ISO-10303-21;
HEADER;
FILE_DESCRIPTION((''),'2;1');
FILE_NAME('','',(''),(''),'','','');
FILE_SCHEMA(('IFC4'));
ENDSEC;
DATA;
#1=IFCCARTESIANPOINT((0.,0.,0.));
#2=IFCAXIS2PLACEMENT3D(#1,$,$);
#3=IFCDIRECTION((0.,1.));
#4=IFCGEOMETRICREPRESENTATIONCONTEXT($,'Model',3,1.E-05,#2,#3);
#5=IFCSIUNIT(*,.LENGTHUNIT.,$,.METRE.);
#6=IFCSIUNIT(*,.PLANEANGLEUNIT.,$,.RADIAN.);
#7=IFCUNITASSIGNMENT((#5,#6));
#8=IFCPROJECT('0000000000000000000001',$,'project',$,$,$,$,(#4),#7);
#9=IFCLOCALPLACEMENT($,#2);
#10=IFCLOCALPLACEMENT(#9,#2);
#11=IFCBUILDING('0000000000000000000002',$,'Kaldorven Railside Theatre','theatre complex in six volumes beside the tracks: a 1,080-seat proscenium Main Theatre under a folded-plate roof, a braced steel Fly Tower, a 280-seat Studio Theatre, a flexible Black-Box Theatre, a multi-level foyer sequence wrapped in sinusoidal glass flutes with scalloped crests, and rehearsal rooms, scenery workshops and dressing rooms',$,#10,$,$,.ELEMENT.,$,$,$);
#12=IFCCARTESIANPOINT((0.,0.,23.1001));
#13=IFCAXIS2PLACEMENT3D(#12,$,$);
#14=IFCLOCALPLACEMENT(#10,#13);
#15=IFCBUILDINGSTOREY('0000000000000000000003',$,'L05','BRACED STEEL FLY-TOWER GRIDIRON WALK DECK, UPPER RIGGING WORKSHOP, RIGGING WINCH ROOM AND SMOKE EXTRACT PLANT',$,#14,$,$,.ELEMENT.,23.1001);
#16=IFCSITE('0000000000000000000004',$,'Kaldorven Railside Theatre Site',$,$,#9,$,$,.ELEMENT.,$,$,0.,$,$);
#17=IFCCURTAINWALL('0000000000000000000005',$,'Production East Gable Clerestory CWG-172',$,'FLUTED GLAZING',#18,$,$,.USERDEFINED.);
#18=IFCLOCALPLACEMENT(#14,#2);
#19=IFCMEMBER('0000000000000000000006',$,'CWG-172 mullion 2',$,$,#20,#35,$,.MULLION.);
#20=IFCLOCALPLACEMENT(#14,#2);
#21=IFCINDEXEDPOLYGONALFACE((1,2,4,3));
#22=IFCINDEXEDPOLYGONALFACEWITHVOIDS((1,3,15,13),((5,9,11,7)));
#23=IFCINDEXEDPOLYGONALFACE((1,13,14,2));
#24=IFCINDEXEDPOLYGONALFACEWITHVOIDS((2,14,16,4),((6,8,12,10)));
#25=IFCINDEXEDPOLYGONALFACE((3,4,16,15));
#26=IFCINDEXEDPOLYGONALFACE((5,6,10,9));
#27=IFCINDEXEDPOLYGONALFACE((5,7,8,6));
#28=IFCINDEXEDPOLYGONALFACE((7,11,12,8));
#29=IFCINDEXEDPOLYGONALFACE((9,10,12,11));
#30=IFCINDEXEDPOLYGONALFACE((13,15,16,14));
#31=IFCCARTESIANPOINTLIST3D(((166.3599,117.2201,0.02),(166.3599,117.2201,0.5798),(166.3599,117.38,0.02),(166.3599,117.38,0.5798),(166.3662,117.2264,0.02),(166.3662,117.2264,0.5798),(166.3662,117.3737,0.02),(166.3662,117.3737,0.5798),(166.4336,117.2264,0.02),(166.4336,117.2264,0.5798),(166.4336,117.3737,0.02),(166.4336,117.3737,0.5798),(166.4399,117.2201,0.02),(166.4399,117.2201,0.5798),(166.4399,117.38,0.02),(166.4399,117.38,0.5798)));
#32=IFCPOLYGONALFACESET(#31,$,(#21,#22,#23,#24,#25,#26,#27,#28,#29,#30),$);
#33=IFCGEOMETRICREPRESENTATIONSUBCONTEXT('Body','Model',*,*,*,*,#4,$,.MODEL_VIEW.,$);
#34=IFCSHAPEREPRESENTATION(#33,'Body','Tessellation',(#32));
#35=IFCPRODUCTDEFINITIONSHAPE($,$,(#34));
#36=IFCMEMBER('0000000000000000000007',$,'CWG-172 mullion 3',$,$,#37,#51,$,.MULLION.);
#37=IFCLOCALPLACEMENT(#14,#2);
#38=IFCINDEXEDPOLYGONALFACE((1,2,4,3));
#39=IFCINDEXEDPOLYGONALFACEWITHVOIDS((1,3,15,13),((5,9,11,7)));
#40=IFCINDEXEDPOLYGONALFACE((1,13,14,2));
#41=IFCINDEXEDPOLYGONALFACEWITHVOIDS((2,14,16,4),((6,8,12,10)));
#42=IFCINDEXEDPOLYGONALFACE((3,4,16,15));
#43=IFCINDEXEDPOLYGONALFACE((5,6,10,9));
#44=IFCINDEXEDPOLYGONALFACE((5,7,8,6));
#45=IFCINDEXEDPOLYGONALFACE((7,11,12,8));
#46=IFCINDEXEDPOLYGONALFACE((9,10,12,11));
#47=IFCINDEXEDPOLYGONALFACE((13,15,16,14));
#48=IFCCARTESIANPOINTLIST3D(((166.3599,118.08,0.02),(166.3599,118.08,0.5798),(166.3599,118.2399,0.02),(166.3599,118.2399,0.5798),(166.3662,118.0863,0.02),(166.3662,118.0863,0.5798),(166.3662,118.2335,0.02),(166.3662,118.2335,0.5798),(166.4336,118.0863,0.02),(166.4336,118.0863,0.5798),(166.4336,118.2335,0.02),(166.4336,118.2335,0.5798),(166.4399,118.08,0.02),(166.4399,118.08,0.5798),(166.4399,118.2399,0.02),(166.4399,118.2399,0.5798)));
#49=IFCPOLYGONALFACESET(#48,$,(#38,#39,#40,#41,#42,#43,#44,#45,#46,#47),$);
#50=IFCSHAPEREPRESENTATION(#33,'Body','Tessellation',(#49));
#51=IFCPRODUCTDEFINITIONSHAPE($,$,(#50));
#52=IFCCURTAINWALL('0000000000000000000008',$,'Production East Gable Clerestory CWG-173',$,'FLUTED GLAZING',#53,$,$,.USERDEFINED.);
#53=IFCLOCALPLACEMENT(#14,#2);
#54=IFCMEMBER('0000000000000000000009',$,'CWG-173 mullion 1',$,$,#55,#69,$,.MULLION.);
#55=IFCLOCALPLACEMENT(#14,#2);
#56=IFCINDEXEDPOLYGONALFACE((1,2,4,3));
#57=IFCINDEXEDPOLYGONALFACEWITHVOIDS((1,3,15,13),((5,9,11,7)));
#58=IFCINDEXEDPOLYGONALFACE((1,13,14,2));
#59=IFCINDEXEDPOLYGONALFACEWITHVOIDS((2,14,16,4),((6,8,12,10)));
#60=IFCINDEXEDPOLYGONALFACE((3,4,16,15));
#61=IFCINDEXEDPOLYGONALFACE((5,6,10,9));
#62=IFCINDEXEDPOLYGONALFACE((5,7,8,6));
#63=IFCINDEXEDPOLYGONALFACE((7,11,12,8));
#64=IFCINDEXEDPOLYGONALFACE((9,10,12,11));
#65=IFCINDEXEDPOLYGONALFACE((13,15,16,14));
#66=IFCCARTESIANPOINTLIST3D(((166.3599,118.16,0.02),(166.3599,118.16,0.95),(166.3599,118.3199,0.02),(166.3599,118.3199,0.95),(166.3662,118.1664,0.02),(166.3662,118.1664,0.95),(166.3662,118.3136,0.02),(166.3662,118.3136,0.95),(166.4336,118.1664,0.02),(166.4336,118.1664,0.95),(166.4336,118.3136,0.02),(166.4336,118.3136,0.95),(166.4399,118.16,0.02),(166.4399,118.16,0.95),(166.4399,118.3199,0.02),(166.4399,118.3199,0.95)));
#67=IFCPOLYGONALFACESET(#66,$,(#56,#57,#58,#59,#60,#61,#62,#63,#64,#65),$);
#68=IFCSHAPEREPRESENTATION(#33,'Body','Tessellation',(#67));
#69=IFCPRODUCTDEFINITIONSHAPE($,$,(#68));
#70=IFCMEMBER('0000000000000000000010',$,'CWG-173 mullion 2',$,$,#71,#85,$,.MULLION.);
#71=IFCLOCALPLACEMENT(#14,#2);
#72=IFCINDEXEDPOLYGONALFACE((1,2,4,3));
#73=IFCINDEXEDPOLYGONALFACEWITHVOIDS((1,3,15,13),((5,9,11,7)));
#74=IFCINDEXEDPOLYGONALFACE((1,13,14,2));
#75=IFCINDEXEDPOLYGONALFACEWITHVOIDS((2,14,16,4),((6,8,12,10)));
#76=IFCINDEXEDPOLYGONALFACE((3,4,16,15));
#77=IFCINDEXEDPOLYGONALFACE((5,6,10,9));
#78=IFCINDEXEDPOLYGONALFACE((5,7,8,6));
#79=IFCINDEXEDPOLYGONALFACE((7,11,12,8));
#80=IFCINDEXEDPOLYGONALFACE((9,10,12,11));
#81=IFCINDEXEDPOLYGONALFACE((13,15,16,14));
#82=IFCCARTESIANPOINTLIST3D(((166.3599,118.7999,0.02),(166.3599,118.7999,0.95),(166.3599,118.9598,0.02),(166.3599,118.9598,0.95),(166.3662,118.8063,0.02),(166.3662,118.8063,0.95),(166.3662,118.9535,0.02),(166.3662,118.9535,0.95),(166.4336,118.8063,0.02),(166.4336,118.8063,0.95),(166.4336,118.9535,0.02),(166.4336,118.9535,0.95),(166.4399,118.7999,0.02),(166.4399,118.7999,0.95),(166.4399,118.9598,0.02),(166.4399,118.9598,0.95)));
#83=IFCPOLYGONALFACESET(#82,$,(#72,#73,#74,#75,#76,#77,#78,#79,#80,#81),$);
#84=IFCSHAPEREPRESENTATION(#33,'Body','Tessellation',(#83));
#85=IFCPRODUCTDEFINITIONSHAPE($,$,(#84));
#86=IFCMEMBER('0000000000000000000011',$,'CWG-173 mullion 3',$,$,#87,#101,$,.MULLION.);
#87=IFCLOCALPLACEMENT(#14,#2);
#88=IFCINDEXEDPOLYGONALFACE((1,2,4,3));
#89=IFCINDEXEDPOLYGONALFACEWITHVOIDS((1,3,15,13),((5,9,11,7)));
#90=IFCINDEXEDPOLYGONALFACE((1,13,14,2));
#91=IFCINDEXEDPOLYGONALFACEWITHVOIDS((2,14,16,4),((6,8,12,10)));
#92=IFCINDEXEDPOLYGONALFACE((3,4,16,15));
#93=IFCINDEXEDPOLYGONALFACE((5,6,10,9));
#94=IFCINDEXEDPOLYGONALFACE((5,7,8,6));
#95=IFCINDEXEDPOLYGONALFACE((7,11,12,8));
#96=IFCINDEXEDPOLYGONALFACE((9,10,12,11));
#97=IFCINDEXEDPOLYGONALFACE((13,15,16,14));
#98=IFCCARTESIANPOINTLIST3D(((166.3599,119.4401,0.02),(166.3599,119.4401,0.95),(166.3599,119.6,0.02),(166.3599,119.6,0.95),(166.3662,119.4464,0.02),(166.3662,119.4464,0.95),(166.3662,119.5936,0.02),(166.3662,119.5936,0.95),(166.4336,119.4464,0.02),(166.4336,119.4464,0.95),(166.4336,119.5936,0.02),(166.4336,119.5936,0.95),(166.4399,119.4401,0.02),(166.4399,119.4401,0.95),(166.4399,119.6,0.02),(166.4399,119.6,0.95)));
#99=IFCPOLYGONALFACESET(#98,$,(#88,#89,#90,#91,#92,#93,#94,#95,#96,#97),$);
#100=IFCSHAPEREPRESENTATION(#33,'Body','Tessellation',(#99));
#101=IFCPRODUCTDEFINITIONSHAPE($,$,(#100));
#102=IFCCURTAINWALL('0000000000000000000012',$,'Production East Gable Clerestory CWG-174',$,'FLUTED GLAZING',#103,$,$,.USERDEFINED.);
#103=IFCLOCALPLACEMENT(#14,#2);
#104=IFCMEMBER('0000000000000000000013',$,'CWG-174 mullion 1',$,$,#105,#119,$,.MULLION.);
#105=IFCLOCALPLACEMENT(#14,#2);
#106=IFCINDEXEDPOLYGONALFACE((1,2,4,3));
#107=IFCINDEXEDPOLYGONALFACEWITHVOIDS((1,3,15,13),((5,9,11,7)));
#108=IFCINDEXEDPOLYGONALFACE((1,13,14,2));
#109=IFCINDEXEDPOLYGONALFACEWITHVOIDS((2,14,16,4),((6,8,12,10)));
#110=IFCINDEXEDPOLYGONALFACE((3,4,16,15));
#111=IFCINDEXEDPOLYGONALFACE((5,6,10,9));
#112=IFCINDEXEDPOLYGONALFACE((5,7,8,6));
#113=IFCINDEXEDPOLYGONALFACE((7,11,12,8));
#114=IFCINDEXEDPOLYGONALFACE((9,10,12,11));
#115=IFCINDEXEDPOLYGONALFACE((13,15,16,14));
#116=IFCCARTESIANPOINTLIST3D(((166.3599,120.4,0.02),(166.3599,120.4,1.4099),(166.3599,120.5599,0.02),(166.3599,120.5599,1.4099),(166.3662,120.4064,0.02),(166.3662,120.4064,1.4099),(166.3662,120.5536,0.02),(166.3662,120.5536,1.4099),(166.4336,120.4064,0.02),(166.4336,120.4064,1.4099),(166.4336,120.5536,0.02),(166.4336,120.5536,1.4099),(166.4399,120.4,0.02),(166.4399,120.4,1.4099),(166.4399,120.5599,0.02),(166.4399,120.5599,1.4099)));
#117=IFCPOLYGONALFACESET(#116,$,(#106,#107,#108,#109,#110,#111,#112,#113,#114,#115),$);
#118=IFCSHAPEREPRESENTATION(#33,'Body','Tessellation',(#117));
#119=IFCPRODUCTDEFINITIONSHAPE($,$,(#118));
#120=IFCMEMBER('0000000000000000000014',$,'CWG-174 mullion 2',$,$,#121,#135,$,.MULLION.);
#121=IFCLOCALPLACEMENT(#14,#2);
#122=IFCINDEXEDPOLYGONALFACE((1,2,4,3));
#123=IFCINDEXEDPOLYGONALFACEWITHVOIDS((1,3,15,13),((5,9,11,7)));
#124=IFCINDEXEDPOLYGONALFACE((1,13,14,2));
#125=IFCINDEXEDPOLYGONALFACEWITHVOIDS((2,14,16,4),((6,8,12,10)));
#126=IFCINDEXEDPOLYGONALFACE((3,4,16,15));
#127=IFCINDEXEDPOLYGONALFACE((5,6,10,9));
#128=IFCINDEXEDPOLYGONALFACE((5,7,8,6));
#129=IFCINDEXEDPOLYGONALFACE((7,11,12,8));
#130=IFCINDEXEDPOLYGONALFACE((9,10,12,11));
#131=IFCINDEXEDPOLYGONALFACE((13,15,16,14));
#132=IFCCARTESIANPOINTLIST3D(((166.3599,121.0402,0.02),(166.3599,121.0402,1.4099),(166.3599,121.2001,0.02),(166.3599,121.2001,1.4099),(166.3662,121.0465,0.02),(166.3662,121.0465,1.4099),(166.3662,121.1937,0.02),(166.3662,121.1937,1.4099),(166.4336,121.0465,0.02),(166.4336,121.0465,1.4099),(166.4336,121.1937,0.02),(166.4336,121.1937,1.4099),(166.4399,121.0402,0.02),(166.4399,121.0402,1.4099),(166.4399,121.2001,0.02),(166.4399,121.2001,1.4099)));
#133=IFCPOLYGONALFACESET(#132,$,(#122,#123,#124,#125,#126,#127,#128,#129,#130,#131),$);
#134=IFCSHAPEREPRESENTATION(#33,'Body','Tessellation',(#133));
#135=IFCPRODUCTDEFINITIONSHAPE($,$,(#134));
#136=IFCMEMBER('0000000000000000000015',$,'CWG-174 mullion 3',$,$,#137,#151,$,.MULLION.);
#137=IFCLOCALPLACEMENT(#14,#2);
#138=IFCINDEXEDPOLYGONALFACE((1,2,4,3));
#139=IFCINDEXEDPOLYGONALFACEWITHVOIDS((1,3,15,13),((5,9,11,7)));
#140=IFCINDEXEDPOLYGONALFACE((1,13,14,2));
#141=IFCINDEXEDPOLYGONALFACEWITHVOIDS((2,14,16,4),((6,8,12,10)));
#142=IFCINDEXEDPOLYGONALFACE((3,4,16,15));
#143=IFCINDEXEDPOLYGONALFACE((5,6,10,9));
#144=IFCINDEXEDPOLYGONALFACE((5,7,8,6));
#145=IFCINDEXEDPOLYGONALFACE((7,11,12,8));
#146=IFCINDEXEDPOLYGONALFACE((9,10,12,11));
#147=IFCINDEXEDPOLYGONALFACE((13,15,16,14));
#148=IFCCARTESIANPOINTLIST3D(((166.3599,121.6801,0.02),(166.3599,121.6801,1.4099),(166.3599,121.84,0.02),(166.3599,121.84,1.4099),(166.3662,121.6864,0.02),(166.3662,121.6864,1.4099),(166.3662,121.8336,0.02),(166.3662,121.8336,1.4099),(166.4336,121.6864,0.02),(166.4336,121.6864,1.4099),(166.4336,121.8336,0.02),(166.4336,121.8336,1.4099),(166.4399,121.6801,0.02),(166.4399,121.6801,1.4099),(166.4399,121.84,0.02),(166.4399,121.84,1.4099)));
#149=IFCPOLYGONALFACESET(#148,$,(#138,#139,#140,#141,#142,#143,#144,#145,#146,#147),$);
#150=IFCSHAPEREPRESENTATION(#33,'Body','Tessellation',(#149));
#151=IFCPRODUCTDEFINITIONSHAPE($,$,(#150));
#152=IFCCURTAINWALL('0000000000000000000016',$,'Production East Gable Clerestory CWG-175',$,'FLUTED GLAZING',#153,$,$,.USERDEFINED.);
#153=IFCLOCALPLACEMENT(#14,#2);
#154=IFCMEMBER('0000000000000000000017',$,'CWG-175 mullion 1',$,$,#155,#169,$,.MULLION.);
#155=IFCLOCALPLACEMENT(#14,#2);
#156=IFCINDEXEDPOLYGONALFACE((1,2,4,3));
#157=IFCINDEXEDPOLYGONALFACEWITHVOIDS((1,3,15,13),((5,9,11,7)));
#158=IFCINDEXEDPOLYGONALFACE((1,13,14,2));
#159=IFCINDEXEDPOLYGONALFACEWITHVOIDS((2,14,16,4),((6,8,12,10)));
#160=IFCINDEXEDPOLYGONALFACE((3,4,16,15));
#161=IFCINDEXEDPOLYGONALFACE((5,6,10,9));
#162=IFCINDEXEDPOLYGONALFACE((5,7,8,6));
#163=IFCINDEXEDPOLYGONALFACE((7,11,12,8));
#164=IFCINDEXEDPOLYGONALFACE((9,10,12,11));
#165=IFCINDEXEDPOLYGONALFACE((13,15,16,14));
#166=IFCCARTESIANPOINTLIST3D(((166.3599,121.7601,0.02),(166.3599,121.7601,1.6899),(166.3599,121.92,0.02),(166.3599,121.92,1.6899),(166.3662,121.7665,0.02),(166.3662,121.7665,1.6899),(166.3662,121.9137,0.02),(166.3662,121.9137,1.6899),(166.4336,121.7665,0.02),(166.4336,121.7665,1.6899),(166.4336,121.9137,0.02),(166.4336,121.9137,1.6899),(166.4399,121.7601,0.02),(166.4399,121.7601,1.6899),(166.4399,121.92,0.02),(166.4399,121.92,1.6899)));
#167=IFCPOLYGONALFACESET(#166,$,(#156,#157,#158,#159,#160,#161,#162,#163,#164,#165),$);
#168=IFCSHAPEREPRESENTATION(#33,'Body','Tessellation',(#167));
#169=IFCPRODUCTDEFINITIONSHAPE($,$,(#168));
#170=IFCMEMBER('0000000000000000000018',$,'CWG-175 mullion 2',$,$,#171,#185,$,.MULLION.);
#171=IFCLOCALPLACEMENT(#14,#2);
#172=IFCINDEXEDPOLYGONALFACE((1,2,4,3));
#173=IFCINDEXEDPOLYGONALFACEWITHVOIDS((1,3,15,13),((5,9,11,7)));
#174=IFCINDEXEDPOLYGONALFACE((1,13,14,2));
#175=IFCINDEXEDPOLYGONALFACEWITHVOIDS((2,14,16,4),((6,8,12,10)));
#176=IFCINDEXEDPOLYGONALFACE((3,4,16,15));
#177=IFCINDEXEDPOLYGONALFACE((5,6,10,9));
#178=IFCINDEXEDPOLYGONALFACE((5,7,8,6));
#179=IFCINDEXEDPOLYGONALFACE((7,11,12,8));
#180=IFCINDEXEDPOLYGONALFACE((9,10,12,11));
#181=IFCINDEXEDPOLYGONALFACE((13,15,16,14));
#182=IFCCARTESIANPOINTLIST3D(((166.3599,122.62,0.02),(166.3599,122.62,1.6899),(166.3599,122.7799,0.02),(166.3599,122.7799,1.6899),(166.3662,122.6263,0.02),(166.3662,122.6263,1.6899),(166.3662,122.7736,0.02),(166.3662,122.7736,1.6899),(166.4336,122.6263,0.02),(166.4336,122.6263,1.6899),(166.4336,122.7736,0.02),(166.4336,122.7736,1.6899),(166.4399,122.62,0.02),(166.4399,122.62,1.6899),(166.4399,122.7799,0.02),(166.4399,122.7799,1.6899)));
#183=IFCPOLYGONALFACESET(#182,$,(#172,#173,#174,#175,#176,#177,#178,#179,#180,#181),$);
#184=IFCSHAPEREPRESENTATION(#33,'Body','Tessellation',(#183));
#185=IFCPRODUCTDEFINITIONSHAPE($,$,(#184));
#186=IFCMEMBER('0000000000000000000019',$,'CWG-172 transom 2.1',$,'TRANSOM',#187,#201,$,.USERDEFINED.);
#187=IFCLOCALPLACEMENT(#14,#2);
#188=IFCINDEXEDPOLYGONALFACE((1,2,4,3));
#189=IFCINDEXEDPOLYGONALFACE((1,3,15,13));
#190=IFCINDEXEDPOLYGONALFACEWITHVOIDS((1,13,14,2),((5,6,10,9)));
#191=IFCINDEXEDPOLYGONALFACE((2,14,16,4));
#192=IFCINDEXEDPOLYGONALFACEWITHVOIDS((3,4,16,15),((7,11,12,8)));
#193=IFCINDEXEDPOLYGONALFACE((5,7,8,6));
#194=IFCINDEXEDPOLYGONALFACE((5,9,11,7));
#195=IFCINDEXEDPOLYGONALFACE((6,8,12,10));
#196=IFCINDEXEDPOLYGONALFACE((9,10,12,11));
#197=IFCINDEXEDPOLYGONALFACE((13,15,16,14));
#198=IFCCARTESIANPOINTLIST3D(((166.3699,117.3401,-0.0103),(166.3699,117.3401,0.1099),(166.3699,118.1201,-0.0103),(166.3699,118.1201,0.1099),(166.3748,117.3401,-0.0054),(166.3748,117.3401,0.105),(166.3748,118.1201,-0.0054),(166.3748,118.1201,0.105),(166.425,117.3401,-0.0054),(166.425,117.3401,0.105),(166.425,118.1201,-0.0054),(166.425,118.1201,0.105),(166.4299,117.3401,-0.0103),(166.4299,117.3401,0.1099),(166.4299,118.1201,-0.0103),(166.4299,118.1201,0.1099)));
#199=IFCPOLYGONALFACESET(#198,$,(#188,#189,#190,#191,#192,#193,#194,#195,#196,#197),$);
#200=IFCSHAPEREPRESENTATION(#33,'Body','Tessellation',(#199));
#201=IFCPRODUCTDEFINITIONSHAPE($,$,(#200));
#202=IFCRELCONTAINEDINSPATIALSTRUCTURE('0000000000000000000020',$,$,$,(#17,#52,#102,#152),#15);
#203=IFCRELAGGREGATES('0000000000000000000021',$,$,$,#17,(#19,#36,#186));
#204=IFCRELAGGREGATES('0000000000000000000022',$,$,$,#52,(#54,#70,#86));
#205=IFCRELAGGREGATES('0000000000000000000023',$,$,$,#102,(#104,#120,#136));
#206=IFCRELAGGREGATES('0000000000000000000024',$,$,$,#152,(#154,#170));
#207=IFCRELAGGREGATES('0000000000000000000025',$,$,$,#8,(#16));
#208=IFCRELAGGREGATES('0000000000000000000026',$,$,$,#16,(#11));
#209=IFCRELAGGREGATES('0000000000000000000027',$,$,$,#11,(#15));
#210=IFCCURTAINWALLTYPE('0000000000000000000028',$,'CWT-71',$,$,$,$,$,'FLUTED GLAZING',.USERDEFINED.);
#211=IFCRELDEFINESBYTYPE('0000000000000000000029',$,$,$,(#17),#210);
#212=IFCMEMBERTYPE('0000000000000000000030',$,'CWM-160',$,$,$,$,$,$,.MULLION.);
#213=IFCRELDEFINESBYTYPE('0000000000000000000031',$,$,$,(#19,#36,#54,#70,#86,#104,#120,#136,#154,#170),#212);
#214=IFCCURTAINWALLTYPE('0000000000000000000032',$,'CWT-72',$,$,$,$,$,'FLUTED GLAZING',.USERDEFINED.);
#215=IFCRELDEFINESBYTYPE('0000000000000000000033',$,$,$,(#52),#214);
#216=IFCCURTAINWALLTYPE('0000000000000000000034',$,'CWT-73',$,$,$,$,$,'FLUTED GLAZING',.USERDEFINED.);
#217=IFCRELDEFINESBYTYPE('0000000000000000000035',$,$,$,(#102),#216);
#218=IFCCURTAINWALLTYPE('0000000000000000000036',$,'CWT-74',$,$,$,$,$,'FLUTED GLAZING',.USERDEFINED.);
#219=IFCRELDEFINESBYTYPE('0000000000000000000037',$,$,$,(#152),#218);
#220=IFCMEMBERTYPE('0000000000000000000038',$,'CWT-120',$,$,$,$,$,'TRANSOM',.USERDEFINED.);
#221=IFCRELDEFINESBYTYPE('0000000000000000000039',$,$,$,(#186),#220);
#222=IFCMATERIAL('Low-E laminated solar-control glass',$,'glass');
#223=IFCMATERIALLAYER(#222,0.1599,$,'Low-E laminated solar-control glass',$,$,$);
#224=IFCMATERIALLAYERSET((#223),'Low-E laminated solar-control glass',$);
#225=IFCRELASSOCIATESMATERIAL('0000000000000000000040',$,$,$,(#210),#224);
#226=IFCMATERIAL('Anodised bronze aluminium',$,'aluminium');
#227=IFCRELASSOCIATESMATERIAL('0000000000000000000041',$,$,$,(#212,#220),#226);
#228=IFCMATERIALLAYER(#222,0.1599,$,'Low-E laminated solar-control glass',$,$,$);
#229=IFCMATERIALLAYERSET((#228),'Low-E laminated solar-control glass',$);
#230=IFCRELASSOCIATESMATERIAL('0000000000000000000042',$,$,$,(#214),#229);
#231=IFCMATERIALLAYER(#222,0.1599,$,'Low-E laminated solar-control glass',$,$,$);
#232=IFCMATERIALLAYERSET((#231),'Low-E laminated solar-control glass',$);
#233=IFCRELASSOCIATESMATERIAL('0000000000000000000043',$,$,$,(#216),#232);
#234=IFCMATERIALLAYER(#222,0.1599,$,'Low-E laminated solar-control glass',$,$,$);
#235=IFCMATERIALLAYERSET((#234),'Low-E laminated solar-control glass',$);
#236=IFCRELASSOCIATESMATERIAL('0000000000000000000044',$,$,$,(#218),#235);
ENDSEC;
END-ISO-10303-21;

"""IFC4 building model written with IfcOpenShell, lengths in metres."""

from ifc_helpers import new_model, si_unit, direction, frame, origin, origin_2d, place, context, subcontext, project, spatial, hollow_rectangle, extrude, material, layer, layer_set, material_profile, profile_set, type_object, element, aggregate, save


model = new_model("IFC4")

# Units and contexts
model_context = context("Model", 3, precision=1e-05, world=origin(), true_north=direction((0.0, 1.0)))
body_context = subcontext(model_context, "Body", "Model", "MODEL_VIEW")
ifc_project = project(units=[si_unit("LENGTHUNIT", "METRE"), si_unit("PLANEANGLEUNIT", "RADIAN")], contexts=[model_context])

# Site, building, storey
site_placement = place(None, origin())
site = spatial("IfcSite", under=ifc_project, at=site_placement, Name="Kaldorven Railside Theatre Site", CompositionType="ELEMENT", RefElevation=0.0)
building_placement = place(site_placement, origin())
building = spatial("IfcBuilding", under=site, at=building_placement, Name="Kaldorven Railside Theatre", Description="theatre complex in six volumes beside the tracks: a 1,080-seat proscenium Main Theatre under a folded-plate roof, a braced steel Fly Tower, a 280-seat Studio Theatre, a flexible Black-Box Theatre, a multi-level foyer sequence wrapped in sinusoidal glass flutes with scalloped crests, and rehearsal rooms, scenery workshops and dressing rooms", CompositionType="ELEMENT")
storey_placement = place(building_placement, frame((0.0, 0.0, 23.1001)))
storey = spatial("IfcBuildingStorey", under=building, at=storey_placement, Name="L05", Description="BRACED STEEL FLY-TOWER GRIDIRON WALK DECK, UPPER RIGGING WORKSHOP, RIGGING WINCH ROOM AND SMOKE EXTRACT PLANT", CompositionType="ELEMENT", Elevation=23.1001)

# Curtain walls, members
ifc_material_1 = material(Name="Low-E laminated solar-control glass", Category="glass")
ifc_layer_1 = layer(ifc_material_1, 0.1599, Name="Low-E laminated solar-control glass")
ifc_layer_set_1 = layer_set([ifc_layer_1], Name="Low-E laminated solar-control glass")
curtain_wall_type_1 = type_object("IfcCurtainWallType", Name="CWT-71", ElementType="FLUTED GLAZING", PredefinedType="USERDEFINED", material=ifc_layer_set_1)
curtain_wall_1_placement = place(storey_placement, origin())
curtain_wall_1 = element("IfcCurtainWall", 1, at=curtain_wall_1_placement, inside=storey, type_object=curtain_wall_type_1, Name="Production East Gable Clerestory CWG-172", ObjectType="FLUTED GLAZING", PredefinedType="USERDEFINED")
ifc_material_2 = material(Name="Anodised bronze aluminium", Category="aluminium")
ifc_material_profile_1 = material_profile(ifc_material_2, hollow_rectangle(XDim=0.0801, YDim=0.1599, WallThickness=0.0063, at=origin_2d()), Name="RHS 160x80x6.3")
ifc_profile_set_1 = profile_set([ifc_material_profile_1], Name="Anodised bronze aluminium")
member_type_1 = type_object("IfcMemberType", Name="CWM-160", PredefinedType="MULLION", material=ifc_profile_set_1)
member_1_placement = place(storey_placement, frame((166.3999, 117.3, 0.02), z_axis=(0.0, 0.0, 1.0), x_axis=(-1.0, 0.0, 0.0)))
member_1 = element("IfcMember", 2, at=member_1_placement, type_object=member_type_1, Name="CWG-172 mullion 2", PredefinedType="MULLION", context=body_context, shape_type="SweptSolid", body=[
    extrude(hollow_rectangle(XDim=0.0801, YDim=0.1599, WallThickness=0.0063, at=origin_2d()), origin(), (0.0, 0.0, 1.0), 0.5598),
])
member_2_placement = place(storey_placement, frame((166.3999, 118.1599, 0.02), z_axis=(0.0, 0.0, 1.0), x_axis=(-1.0, 0.0, 0.0)))
member_2 = element("IfcMember", 3, at=member_2_placement, type_object=member_type_1, Name="CWG-172 mullion 3", PredefinedType="MULLION", context=body_context, shape_type="SweptSolid", body=[
    extrude(hollow_rectangle(XDim=0.0801, YDim=0.1599, WallThickness=0.0063, at=origin_2d()), origin(), (0.0, 0.0, 1.0), 0.5598),
])
ifc_layer_2 = layer(ifc_material_1, 0.1599, Name="Low-E laminated solar-control glass")
ifc_layer_set_2 = layer_set([ifc_layer_2], Name="Low-E laminated solar-control glass")
curtain_wall_type_2 = type_object("IfcCurtainWallType", Name="CWT-72", ElementType="FLUTED GLAZING", PredefinedType="USERDEFINED", material=ifc_layer_set_2)
curtain_wall_2_placement = place(storey_placement, origin())
curtain_wall_2 = element("IfcCurtainWall", 4, at=curtain_wall_2_placement, inside=storey, type_object=curtain_wall_type_2, Name="Production East Gable Clerestory CWG-173", ObjectType="FLUTED GLAZING", PredefinedType="USERDEFINED")
member_3_placement = place(storey_placement, frame((166.3999, 118.24, 0.02), z_axis=(0.0, 0.0, 1.0), x_axis=(-1.0, 0.0, 0.0)))
member_3 = element("IfcMember", 5, at=member_3_placement, type_object=member_type_1, Name="CWG-173 mullion 1", PredefinedType="MULLION", context=body_context, shape_type="SweptSolid", body=[
    extrude(hollow_rectangle(XDim=0.0801, YDim=0.1599, WallThickness=0.0063, at=origin_2d()), origin(), (0.0, 0.0, 1.0), 0.9299),
])
member_4_placement = place(storey_placement, frame((166.3999, 118.8799, 0.02), z_axis=(0.0, 0.0, 1.0), x_axis=(-1.0, 0.0, 0.0)))
member_4 = element("IfcMember", 6, at=member_4_placement, type_object=member_type_1, Name="CWG-173 mullion 2", PredefinedType="MULLION", context=body_context, shape_type="SweptSolid", body=[
    extrude(hollow_rectangle(XDim=0.0801, YDim=0.1599, WallThickness=0.0063, at=origin_2d()), origin(), (0.0, 0.0, 1.0), 0.9299),
])
member_5_placement = place(storey_placement, frame((166.3999, 119.52, 0.02), z_axis=(0.0, 0.0, 1.0), x_axis=(-1.0, 0.0, 0.0)))
member_5 = element("IfcMember", 7, at=member_5_placement, type_object=member_type_1, Name="CWG-173 mullion 3", PredefinedType="MULLION", context=body_context, shape_type="SweptSolid", body=[
    extrude(hollow_rectangle(XDim=0.0801, YDim=0.1599, WallThickness=0.0063, at=origin_2d()), origin(), (0.0, 0.0, 1.0), 0.9299),
])
ifc_layer_3 = layer(ifc_material_1, 0.1599, Name="Low-E laminated solar-control glass")
ifc_layer_set_3 = layer_set([ifc_layer_3], Name="Low-E laminated solar-control glass")
curtain_wall_type_3 = type_object("IfcCurtainWallType", Name="CWT-73", ElementType="FLUTED GLAZING", PredefinedType="USERDEFINED", material=ifc_layer_set_3)
curtain_wall_3_placement = place(storey_placement, origin())
curtain_wall_3 = element("IfcCurtainWall", 8, at=curtain_wall_3_placement, inside=storey, type_object=curtain_wall_type_3, Name="Production East Gable Clerestory CWG-174", ObjectType="FLUTED GLAZING", PredefinedType="USERDEFINED")
member_6_placement = place(storey_placement, frame((166.3999, 120.48, 0.02), z_axis=(0.0, 0.0, 1.0), x_axis=(-1.0, 0.0, 0.0)))
member_6 = element("IfcMember", 9, at=member_6_placement, type_object=member_type_1, Name="CWG-174 mullion 1", PredefinedType="MULLION", context=body_context, shape_type="SweptSolid", body=[
    extrude(hollow_rectangle(XDim=0.0801, YDim=0.1599, WallThickness=0.0063, at=origin_2d()), origin(), (0.0, 0.0, 1.0), 1.3899),
])
member_7_placement = place(storey_placement, frame((166.3999, 121.1201, 0.02), z_axis=(0.0, 0.0, 1.0), x_axis=(-1.0, 0.0, 0.0)))
member_7 = element("IfcMember", 10, at=member_7_placement, type_object=member_type_1, Name="CWG-174 mullion 2", PredefinedType="MULLION", context=body_context, shape_type="SweptSolid", body=[
    extrude(hollow_rectangle(XDim=0.0801, YDim=0.1599, WallThickness=0.0063, at=origin_2d()), origin(), (0.0, 0.0, 1.0), 1.3899),
])
member_8_placement = place(storey_placement, frame((166.3999, 121.76, 0.02), z_axis=(0.0, 0.0, 1.0), x_axis=(-1.0, 0.0, 0.0)))
member_8 = element("IfcMember", 11, at=member_8_placement, type_object=member_type_1, Name="CWG-174 mullion 3", PredefinedType="MULLION", context=body_context, shape_type="SweptSolid", body=[
    extrude(hollow_rectangle(XDim=0.0801, YDim=0.1599, WallThickness=0.0063, at=origin_2d()), origin(), (0.0, 0.0, 1.0), 1.3899),
])
ifc_layer_4 = layer(ifc_material_1, 0.1599, Name="Low-E laminated solar-control glass")
ifc_layer_set_4 = layer_set([ifc_layer_4], Name="Low-E laminated solar-control glass")
curtain_wall_type_4 = type_object("IfcCurtainWallType", Name="CWT-74", ElementType="FLUTED GLAZING", PredefinedType="USERDEFINED", material=ifc_layer_set_4)
curtain_wall_4_placement = place(storey_placement, origin())
curtain_wall_4 = element("IfcCurtainWall", 12, at=curtain_wall_4_placement, inside=storey, type_object=curtain_wall_type_4, Name="Production East Gable Clerestory CWG-175", ObjectType="FLUTED GLAZING", PredefinedType="USERDEFINED")
member_9_placement = place(storey_placement, frame((166.3999, 121.8401, 0.02), z_axis=(0.0, 0.0, 1.0), x_axis=(-1.0, 0.0, 0.0)))
member_9 = element("IfcMember", 13, at=member_9_placement, type_object=member_type_1, Name="CWG-175 mullion 1", PredefinedType="MULLION", context=body_context, shape_type="SweptSolid", body=[
    extrude(hollow_rectangle(XDim=0.0801, YDim=0.1599, WallThickness=0.0063, at=origin_2d()), origin(), (0.0, 0.0, 1.0), 1.6699),
])
member_10_placement = place(storey_placement, frame((166.3999, 122.7, 0.02), z_axis=(0.0, 0.0, 1.0), x_axis=(-1.0, 0.0, 0.0)))
member_10 = element("IfcMember", 14, at=member_10_placement, type_object=member_type_1, Name="CWG-175 mullion 2", PredefinedType="MULLION", context=body_context, shape_type="SweptSolid", body=[
    extrude(hollow_rectangle(XDim=0.0801, YDim=0.1599, WallThickness=0.0063, at=origin_2d()), origin(), (0.0, 0.0, 1.0), 1.6699),
])

# Member
ifc_material_profile_2 = material_profile(ifc_material_2, hollow_rectangle(XDim=0.0601, YDim=0.1201, WallThickness=0.0049, at=origin_2d()), Name="RHS 120x60x5")
ifc_profile_set_2 = profile_set([ifc_material_profile_2], Name="Anodised bronze aluminium")
member_type_2 = type_object("IfcMemberType", Name="CWT-120", ElementType="TRANSOM", PredefinedType="USERDEFINED", material=ifc_profile_set_2)
member_11_placement = place(storey_placement, frame((166.3999, 117.3401, 0.0498), z_axis=(0.0, 1.0, 0.0), x_axis=(-1.0, 0.0, 0.0)))
member_11 = element("IfcMember", 15, at=member_11_placement, type_object=member_type_2, Name="CWG-172 transom 2.1", ObjectType="TRANSOM", PredefinedType="USERDEFINED", context=body_context, shape_type="SweptSolid", body=[
    extrude(hollow_rectangle(XDim=0.0601, YDim=0.1201, WallThickness=0.0049, at=origin_2d()), origin(), (0.0, 0.0, 1.0), 0.78),
])

aggregate(curtain_wall_1, [member_1, member_2, member_11])
aggregate(curtain_wall_2, [member_3, member_4, member_5])
aggregate(curtain_wall_3, [member_6, member_7, member_8])
aggregate(curtain_wall_4, [member_9, member_10])

save(model, "model.ifc")
